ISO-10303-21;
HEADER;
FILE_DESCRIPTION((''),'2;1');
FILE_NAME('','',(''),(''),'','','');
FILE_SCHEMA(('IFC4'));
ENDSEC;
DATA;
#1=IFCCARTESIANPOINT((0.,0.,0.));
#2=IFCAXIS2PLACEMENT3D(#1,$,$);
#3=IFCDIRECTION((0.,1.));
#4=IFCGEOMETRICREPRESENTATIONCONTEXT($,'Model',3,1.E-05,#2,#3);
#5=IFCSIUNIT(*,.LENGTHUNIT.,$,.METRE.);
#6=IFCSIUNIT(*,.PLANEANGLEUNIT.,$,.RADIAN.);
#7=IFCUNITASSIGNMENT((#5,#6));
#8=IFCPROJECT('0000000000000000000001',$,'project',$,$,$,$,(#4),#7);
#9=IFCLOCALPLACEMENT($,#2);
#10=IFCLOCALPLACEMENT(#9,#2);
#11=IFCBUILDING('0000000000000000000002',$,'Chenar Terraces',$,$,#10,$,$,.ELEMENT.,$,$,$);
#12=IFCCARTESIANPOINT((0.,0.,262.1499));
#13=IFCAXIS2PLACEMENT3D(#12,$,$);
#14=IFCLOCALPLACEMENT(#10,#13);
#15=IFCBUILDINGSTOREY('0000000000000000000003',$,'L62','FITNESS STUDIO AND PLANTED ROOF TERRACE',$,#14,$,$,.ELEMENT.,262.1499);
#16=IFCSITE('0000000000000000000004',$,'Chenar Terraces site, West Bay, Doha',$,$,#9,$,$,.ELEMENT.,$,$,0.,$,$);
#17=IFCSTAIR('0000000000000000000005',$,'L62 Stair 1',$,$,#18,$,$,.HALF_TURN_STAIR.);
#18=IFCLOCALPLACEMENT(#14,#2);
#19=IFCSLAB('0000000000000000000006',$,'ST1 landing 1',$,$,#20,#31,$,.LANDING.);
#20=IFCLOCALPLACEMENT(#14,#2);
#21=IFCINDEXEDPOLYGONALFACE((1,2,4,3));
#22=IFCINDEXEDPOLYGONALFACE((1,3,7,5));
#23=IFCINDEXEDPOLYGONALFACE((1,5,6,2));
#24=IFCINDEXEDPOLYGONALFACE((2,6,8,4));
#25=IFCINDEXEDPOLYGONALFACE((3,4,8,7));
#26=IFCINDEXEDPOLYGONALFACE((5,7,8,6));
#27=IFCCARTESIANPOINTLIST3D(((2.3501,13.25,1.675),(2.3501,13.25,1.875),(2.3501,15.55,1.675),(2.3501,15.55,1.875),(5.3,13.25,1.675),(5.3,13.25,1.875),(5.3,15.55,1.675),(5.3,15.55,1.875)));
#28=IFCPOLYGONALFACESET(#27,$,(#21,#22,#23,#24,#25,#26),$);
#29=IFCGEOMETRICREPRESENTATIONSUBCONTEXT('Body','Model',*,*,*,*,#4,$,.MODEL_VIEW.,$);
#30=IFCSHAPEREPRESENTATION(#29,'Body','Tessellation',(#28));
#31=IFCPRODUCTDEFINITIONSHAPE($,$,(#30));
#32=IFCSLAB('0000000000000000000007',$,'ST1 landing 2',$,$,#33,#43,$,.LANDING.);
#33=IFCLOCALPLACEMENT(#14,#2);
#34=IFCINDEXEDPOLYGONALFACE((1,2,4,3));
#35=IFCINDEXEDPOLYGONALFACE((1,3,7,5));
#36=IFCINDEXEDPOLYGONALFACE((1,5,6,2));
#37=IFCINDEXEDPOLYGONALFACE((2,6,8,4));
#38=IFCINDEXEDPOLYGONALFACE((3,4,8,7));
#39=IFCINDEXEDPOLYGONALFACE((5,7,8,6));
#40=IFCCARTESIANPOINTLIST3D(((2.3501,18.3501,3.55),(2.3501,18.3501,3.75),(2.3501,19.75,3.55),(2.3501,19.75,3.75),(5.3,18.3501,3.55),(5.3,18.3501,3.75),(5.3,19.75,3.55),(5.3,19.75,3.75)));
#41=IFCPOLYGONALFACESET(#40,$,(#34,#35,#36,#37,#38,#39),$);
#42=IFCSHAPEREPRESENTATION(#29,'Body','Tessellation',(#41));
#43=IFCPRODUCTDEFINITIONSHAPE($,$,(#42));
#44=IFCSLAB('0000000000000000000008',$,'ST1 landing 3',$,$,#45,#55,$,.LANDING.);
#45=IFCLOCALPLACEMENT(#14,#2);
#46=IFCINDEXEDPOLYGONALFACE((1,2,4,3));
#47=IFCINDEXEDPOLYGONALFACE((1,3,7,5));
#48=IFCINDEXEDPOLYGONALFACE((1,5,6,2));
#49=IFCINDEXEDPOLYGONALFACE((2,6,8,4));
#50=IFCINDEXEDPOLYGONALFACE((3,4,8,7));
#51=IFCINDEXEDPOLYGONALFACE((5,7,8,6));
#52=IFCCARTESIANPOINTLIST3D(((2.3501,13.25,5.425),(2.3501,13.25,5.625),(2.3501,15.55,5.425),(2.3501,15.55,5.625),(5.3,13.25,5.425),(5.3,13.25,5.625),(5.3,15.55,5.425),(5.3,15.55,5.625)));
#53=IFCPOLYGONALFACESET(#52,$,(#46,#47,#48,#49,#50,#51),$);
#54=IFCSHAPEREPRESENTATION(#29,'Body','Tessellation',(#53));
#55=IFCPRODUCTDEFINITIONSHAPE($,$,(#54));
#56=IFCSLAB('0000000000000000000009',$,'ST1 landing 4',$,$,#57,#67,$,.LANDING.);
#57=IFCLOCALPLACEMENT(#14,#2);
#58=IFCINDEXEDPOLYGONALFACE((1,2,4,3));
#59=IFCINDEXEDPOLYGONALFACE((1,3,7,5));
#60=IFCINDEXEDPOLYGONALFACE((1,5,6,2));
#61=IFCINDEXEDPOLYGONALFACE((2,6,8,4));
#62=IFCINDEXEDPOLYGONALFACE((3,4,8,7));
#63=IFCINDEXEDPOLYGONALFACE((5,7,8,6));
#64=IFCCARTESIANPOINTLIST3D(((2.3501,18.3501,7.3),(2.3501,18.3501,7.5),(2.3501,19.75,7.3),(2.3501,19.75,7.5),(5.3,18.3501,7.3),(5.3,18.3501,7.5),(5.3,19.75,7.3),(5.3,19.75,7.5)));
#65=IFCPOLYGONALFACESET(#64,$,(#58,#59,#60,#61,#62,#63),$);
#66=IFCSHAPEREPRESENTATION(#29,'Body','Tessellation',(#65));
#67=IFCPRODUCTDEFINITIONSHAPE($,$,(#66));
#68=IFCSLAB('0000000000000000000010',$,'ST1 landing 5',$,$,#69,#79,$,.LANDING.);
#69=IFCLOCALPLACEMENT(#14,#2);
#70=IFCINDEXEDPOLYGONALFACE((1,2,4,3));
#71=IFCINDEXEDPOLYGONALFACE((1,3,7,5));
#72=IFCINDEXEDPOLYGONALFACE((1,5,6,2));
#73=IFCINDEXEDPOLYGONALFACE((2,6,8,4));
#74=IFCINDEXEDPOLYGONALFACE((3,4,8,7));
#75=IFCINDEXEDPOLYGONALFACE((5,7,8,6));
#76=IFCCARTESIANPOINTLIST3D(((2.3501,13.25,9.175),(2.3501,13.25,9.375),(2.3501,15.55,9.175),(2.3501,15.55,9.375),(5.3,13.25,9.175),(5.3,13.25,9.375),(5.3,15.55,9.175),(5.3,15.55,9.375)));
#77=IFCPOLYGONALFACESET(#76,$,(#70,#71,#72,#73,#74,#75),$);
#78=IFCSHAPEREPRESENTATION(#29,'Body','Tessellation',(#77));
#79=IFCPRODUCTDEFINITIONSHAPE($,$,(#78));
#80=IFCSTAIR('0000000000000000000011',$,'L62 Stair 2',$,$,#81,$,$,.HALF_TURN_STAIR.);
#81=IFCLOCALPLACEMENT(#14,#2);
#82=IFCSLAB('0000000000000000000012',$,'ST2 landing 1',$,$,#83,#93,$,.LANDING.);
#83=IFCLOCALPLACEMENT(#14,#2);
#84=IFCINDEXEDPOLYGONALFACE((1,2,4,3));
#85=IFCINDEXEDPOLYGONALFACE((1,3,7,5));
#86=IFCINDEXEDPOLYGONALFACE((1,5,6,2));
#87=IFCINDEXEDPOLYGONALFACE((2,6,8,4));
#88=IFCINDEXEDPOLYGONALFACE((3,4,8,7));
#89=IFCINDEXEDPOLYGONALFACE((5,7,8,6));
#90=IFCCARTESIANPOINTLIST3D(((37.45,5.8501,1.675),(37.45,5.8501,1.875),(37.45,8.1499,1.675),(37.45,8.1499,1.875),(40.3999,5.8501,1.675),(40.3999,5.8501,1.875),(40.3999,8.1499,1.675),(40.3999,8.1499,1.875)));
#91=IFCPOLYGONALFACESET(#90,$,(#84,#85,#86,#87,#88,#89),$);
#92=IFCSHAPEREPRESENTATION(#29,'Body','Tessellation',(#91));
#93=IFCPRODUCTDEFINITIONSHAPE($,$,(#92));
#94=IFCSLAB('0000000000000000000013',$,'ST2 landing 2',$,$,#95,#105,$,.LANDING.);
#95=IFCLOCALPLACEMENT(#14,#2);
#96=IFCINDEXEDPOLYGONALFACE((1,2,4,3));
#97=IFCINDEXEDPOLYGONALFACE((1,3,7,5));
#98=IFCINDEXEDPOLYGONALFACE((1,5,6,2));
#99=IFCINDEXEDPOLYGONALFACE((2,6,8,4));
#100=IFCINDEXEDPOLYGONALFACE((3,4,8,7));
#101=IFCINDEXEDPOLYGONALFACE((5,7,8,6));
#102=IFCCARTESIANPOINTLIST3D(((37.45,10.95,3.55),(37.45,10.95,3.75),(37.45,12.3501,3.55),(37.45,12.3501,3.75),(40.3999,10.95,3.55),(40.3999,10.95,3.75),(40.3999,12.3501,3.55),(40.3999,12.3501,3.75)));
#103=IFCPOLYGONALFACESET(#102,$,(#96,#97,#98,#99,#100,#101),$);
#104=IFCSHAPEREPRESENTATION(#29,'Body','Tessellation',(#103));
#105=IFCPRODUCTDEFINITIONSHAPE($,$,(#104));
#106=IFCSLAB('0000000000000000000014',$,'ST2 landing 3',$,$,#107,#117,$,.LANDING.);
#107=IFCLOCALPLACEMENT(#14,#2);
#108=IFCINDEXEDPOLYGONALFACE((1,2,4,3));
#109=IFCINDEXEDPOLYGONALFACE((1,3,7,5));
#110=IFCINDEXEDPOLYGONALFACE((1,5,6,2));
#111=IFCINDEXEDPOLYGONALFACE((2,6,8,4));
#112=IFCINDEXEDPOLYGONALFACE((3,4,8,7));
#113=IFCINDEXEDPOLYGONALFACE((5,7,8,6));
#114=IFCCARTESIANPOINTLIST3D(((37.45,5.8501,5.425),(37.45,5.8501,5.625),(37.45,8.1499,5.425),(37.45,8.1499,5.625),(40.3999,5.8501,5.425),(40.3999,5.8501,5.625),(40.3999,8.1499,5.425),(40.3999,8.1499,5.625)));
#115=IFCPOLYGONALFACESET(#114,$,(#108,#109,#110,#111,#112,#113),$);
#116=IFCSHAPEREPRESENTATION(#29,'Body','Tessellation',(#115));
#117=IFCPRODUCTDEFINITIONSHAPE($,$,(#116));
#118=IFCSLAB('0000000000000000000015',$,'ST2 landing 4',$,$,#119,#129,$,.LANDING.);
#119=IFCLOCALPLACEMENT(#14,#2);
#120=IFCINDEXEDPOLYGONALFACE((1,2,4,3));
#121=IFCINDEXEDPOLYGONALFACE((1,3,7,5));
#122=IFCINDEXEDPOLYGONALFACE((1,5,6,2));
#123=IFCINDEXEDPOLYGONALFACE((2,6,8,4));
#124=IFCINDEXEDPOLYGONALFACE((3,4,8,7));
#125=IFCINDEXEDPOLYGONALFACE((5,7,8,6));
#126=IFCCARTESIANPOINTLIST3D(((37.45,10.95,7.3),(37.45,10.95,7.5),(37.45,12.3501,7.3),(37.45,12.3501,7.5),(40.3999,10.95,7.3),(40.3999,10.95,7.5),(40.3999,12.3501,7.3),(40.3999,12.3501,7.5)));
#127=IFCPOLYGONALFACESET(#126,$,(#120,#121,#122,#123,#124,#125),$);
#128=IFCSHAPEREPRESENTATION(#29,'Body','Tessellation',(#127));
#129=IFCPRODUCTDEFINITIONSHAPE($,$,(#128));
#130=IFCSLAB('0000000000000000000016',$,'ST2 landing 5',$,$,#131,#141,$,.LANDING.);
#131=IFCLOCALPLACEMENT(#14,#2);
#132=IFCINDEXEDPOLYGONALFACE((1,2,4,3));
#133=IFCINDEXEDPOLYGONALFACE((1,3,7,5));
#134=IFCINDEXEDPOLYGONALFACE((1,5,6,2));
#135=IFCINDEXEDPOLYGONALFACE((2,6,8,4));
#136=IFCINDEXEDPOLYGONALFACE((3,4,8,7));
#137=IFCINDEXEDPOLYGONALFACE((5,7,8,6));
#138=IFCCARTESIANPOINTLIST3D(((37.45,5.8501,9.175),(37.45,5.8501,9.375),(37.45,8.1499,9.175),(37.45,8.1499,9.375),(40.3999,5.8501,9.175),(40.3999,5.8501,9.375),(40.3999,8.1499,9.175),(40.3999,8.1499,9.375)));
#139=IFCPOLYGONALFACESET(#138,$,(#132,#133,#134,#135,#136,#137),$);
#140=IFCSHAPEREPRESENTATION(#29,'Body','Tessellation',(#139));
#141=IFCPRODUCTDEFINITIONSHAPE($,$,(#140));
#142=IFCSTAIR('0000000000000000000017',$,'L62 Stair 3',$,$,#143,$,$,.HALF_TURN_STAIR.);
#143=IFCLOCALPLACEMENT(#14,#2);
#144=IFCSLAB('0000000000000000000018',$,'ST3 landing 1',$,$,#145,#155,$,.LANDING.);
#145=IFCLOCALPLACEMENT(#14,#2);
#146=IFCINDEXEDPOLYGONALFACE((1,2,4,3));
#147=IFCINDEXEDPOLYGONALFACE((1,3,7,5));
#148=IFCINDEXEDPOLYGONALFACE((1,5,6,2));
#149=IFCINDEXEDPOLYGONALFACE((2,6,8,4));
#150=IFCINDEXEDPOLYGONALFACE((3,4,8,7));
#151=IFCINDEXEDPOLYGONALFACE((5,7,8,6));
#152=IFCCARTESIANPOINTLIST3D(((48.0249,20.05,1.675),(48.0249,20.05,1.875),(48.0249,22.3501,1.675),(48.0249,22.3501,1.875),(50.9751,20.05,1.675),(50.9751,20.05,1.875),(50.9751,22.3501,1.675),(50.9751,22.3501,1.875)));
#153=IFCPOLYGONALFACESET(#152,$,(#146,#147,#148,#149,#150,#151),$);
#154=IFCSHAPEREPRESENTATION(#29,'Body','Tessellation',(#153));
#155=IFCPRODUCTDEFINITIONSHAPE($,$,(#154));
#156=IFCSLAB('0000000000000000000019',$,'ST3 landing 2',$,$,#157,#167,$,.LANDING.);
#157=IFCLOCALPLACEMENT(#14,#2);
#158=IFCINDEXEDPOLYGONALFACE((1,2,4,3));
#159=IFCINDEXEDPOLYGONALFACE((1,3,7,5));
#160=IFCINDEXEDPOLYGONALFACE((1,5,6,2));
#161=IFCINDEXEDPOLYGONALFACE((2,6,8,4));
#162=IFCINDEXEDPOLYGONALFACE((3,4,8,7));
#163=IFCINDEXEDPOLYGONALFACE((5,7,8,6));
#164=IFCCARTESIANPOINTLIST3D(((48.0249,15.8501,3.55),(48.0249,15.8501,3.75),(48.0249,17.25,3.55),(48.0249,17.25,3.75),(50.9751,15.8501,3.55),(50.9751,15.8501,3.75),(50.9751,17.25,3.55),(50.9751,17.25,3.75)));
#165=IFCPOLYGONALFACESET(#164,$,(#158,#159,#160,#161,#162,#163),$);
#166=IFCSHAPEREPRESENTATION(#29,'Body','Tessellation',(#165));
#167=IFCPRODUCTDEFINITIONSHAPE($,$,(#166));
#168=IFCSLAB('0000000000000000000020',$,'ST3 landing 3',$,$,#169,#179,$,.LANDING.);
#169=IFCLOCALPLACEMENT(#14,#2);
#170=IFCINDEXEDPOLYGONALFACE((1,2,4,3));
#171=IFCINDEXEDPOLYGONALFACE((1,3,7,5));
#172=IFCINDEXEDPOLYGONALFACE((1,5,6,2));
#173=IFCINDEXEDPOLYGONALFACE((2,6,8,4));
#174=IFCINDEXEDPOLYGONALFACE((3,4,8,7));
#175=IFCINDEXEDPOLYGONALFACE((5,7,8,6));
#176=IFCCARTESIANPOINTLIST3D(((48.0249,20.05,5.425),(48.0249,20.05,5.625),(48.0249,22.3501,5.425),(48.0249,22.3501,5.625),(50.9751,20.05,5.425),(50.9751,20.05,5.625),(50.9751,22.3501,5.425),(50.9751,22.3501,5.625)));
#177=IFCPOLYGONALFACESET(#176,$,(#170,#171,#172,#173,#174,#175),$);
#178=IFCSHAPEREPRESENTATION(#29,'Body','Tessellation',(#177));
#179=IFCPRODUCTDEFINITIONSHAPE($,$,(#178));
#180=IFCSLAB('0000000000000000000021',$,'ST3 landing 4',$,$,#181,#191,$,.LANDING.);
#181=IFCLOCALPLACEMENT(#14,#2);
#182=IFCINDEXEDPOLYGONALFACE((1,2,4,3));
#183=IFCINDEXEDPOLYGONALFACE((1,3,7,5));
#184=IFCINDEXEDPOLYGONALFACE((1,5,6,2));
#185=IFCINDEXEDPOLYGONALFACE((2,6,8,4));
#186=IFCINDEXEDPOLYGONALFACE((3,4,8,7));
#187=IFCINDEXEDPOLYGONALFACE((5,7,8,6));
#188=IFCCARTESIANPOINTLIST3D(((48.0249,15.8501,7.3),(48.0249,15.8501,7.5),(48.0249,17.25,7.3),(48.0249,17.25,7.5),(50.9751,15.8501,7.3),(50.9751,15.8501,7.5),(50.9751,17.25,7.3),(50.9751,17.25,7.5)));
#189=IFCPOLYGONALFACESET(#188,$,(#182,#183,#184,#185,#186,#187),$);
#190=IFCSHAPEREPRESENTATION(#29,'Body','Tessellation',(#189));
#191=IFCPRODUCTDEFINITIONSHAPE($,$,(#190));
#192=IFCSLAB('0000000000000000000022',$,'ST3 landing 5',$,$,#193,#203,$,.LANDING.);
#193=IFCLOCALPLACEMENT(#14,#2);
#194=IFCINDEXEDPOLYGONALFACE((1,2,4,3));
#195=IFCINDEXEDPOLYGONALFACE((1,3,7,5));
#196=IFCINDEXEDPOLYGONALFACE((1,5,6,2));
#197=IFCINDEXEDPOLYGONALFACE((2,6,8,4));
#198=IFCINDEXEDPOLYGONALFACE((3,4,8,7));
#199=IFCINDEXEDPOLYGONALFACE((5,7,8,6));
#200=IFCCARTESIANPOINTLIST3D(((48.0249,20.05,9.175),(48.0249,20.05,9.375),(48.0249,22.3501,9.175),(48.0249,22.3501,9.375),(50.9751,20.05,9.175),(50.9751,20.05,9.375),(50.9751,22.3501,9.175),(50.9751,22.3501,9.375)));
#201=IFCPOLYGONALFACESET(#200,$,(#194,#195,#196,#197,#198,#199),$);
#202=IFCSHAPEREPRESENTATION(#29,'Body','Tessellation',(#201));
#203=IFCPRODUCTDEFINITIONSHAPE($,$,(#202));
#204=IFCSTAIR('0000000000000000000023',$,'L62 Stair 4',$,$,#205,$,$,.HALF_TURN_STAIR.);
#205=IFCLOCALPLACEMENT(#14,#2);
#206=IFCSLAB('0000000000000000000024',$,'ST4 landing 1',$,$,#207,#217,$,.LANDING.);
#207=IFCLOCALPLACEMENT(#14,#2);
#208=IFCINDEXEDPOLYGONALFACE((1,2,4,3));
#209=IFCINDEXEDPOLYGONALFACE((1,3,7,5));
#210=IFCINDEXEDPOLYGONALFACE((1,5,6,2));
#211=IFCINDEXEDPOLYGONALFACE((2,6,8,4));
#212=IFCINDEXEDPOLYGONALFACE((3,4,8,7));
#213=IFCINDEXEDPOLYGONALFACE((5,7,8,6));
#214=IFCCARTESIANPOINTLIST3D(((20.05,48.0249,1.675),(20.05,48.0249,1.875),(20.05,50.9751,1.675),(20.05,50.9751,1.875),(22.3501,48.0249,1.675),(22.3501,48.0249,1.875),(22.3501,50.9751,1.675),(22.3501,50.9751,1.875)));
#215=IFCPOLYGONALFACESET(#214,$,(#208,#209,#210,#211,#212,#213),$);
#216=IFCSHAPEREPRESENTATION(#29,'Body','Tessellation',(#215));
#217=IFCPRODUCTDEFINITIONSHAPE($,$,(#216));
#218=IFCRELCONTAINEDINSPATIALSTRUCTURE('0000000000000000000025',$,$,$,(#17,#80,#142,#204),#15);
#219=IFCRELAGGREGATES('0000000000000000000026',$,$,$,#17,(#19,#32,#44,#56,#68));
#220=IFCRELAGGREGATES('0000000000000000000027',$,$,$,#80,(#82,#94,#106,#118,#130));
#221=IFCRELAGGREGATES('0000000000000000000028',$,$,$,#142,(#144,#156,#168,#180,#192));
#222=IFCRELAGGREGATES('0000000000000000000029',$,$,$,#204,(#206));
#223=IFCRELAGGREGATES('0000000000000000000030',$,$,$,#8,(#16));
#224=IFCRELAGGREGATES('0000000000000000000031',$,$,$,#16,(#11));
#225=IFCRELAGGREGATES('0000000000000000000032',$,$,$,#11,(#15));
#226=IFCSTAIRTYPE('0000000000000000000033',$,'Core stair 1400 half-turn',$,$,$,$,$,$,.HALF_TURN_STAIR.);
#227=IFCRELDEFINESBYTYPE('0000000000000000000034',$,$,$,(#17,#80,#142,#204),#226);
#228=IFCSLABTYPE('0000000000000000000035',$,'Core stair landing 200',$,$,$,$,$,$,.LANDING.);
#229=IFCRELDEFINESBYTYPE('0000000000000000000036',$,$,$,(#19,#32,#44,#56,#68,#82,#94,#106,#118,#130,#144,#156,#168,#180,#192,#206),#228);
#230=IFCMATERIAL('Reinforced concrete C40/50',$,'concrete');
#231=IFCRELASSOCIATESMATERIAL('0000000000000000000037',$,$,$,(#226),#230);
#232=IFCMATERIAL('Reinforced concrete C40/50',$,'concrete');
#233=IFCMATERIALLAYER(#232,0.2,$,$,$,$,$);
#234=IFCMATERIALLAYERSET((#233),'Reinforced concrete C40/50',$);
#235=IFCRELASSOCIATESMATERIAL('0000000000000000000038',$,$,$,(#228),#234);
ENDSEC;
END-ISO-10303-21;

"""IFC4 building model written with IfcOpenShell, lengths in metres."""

from ifc_helpers import new_model, si_unit, direction, frame, origin, place, context, subcontext, project, spatial, polyline, outline, extrude, material, layer, layer_set, type_object, element, aggregate, save


model = new_model("IFC4")

# Units and contexts
model_context = context("Model", 3, precision=1e-05, world=origin(), true_north=direction((0.0, 1.0)))
body_context = subcontext(model_context, "Body", "Model", "MODEL_VIEW")
ifc_project = project(units=[si_unit("LENGTHUNIT", "METRE"), si_unit("PLANEANGLEUNIT", "RADIAN")], contexts=[model_context])

# Site, building, storey
site_placement = place(None, origin())
site = spatial("IfcSite", under=ifc_project, at=site_placement, Name="Chenar Terraces site, West Bay, Doha", CompositionType="ELEMENT", RefElevation=0.0)
building_placement = place(site_placement, origin())
building = spatial("IfcBuilding", under=site, at=building_placement, Name="Chenar Terraces", CompositionType="ELEMENT")
storey_placement = place(building_placement, frame((0.0, 0.0, 262.1499)))
storey = spatial("IfcBuildingStorey", under=building, at=storey_placement, Name="L62", Description="FITNESS STUDIO AND PLANTED ROOF TERRACE", CompositionType="ELEMENT", Elevation=262.1499)

# Stairs, slabs
ifc_material_1 = material(Name="Reinforced concrete C40/50", Category="concrete")
stair_type = type_object("IfcStairType", Name="Core stair 1400 half-turn", PredefinedType="HALF_TURN_STAIR", material=ifc_material_1)
placement_1 = place(storey_placement, origin())
stair_1 = element("IfcStair", 1, at=placement_1, inside=storey, type_object=stair_type, Name="L62 Stair 1", PredefinedType="HALF_TURN_STAIR")
ifc_material_2 = material(Name="Reinforced concrete C40/50", Category="concrete")
ifc_layer_1 = layer(ifc_material_2, 0.2)
ifc_layer_set_1 = layer_set([ifc_layer_1], Name="Reinforced concrete C40/50")
slab_type_1 = type_object("IfcSlabType", Name="Core stair landing 200", PredefinedType="LANDING", material=ifc_layer_set_1)
placement_2 = place(storey_placement, frame((0.0, 0.0, 1.675)))
slab_1 = element("IfcSlab", 2, at=placement_2, type_object=slab_type_1, Name="ST1 landing 1", PredefinedType="LANDING", context=body_context, shape_type="SweptSolid", body=[
    extrude(outline(polyline([(2.3501, 15.55), (2.3501, 13.25), (5.3, 13.25), (5.3, 15.55), (2.3501, 15.55)])), origin(), (0.0, 0.0, 1.0), 0.2),
])
placement_3 = place(storey_placement, frame((0.0, 0.0, 3.55)))
slab_2 = element("IfcSlab", 3, at=placement_3, type_object=slab_type_1, Name="ST1 landing 2", PredefinedType="LANDING", context=body_context, shape_type="SweptSolid", body=[
    extrude(outline(polyline([(2.3501, 19.75), (2.3501, 18.3501), (5.3, 18.3501), (5.3, 19.75), (2.3501, 19.75)])), origin(), (0.0, 0.0, 1.0), 0.2),
])
placement_4 = place(storey_placement, frame((0.0, 0.0, 5.425)))
slab_3 = element("IfcSlab", 4, at=placement_4, type_object=slab_type_1, Name="ST1 landing 3", PredefinedType="LANDING", context=body_context, shape_type="SweptSolid", body=[
    extrude(outline(polyline([(2.3501, 15.55), (2.3501, 13.25), (5.3, 13.25), (5.3, 15.55), (2.3501, 15.55)])), origin(), (0.0, 0.0, 1.0), 0.2),
])
placement_5 = place(storey_placement, frame((0.0, 0.0, 7.3)))
slab_4 = element("IfcSlab", 5, at=placement_5, type_object=slab_type_1, Name="ST1 landing 4", PredefinedType="LANDING", context=body_context, shape_type="SweptSolid", body=[
    extrude(outline(polyline([(2.3501, 19.75), (2.3501, 18.3501), (5.3, 18.3501), (5.3, 19.75), (2.3501, 19.75)])), origin(), (0.0, 0.0, 1.0), 0.2),
])
placement_6 = place(storey_placement, frame((0.0, 0.0, 9.175)))
slab_5 = element("IfcSlab", 6, at=placement_6, type_object=slab_type_1, Name="ST1 landing 5", PredefinedType="LANDING", context=body_context, shape_type="SweptSolid", body=[
    extrude(outline(polyline([(2.3501, 15.55), (2.3501, 13.25), (5.3, 13.25), (5.3, 15.55), (2.3501, 15.55)])), origin(), (0.0, 0.0, 1.0), 0.2),
])
aggregate(stair_1, [slab_1, slab_2, slab_3, slab_4, slab_5])
stair_2 = element("IfcStair", 7, at=placement_1, inside=storey, type_object=stair_type, Name="L62 Stair 2", PredefinedType="HALF_TURN_STAIR")
slab_6 = element("IfcSlab", 8, at=placement_2, type_object=slab_type_1, Name="ST2 landing 1", PredefinedType="LANDING", context=body_context, shape_type="SweptSolid", body=[
    extrude(outline(polyline([(37.45, 8.1499), (37.45, 5.8501), (40.3999, 5.8501), (40.3999, 8.1499), (37.45, 8.1499)])), origin(), (0.0, 0.0, 1.0), 0.2),
])
slab_7 = element("IfcSlab", 9, at=placement_3, type_object=slab_type_1, Name="ST2 landing 2", PredefinedType="LANDING", context=body_context, shape_type="SweptSolid", body=[
    extrude(outline(polyline([(37.45, 12.3501), (37.45, 10.95), (40.3999, 10.95), (40.3999, 12.3501), (37.45, 12.3501)])), origin(), (0.0, 0.0, 1.0), 0.2),
])
slab_8 = element("IfcSlab", 10, at=placement_4, type_object=slab_type_1, Name="ST2 landing 3", PredefinedType="LANDING", context=body_context, shape_type="SweptSolid", body=[
    extrude(outline(polyline([(37.45, 8.1499), (37.45, 5.8501), (40.3999, 5.8501), (40.3999, 8.1499), (37.45, 8.1499)])), origin(), (0.0, 0.0, 1.0), 0.2),
])
slab_9 = element("IfcSlab", 11, at=placement_5, type_object=slab_type_1, Name="ST2 landing 4", PredefinedType="LANDING", context=body_context, shape_type="SweptSolid", body=[
    extrude(outline(polyline([(37.45, 12.3501), (37.45, 10.95), (40.3999, 10.95), (40.3999, 12.3501), (37.45, 12.3501)])), origin(), (0.0, 0.0, 1.0), 0.2),
])
slab_10 = element("IfcSlab", 12, at=placement_6, type_object=slab_type_1, Name="ST2 landing 5", PredefinedType="LANDING", context=body_context, shape_type="SweptSolid", body=[
    extrude(outline(polyline([(37.45, 8.1499), (37.45, 5.8501), (40.3999, 5.8501), (40.3999, 8.1499), (37.45, 8.1499)])), origin(), (0.0, 0.0, 1.0), 0.2),
])
aggregate(stair_2, [slab_6, slab_7, slab_8, slab_9, slab_10])
stair_3 = element("IfcStair", 13, at=placement_1, inside=storey, type_object=stair_type, Name="L62 Stair 3", PredefinedType="HALF_TURN_STAIR")
slab_11 = element("IfcSlab", 14, at=placement_2, type_object=slab_type_1, Name="ST3 landing 1", PredefinedType="LANDING", context=body_context, shape_type="SweptSolid", body=[
    extrude(outline(polyline([(50.9751, 20.05), (50.9751, 22.3501), (48.0249, 22.3501), (48.0249, 20.05), (50.9751, 20.05)])), origin(), (0.0, 0.0, 1.0), 0.2),
])
slab_12 = element("IfcSlab", 15, at=placement_3, type_object=slab_type_1, Name="ST3 landing 2", PredefinedType="LANDING", context=body_context, shape_type="SweptSolid", body=[
    extrude(outline(polyline([(50.9751, 15.8501), (50.9751, 17.25), (48.0249, 17.25), (48.0249, 15.8501), (50.9751, 15.8501)])), origin(), (0.0, 0.0, 1.0), 0.2),
])
slab_13 = element("IfcSlab", 16, at=placement_4, type_object=slab_type_1, Name="ST3 landing 3", PredefinedType="LANDING", context=body_context, shape_type="SweptSolid", body=[
    extrude(outline(polyline([(50.9751, 20.05), (50.9751, 22.3501), (48.0249, 22.3501), (48.0249, 20.05), (50.9751, 20.05)])), origin(), (0.0, 0.0, 1.0), 0.2),
])
slab_14 = element("IfcSlab", 17, at=placement_5, type_object=slab_type_1, Name="ST3 landing 4", PredefinedType="LANDING", context=body_context, shape_type="SweptSolid", body=[
    extrude(outline(polyline([(50.9751, 15.8501), (50.9751, 17.25), (48.0249, 17.25), (48.0249, 15.8501), (50.9751, 15.8501)])), origin(), (0.0, 0.0, 1.0), 0.2),
])
slab_15 = element("IfcSlab", 18, at=placement_6, type_object=slab_type_1, Name="ST3 landing 5", PredefinedType="LANDING", context=body_context, shape_type="SweptSolid", body=[
    extrude(outline(polyline([(50.9751, 20.05), (50.9751, 22.3501), (48.0249, 22.3501), (48.0249, 20.05), (50.9751, 20.05)])), origin(), (0.0, 0.0, 1.0), 0.2),
])
aggregate(stair_3, [slab_11, slab_12, slab_13, slab_14, slab_15])
stair_4 = element("IfcStair", 19, at=placement_1, inside=storey, type_object=stair_type, Name="L62 Stair 4", PredefinedType="HALF_TURN_STAIR")
slab_16 = element("IfcSlab", 20, at=placement_2, type_object=slab_type_1, Name="ST4 landing 1", PredefinedType="LANDING", context=body_context, shape_type="SweptSolid", body=[
    extrude(outline(polyline([(20.05, 48.0249), (22.3501, 48.0249), (22.3501, 50.9751), (20.05, 50.9751), (20.05, 48.0249)])), origin(), (0.0, 0.0, 1.0), 0.2),
])
aggregate(stair_4, [slab_16])

save(model, "model.ifc")
